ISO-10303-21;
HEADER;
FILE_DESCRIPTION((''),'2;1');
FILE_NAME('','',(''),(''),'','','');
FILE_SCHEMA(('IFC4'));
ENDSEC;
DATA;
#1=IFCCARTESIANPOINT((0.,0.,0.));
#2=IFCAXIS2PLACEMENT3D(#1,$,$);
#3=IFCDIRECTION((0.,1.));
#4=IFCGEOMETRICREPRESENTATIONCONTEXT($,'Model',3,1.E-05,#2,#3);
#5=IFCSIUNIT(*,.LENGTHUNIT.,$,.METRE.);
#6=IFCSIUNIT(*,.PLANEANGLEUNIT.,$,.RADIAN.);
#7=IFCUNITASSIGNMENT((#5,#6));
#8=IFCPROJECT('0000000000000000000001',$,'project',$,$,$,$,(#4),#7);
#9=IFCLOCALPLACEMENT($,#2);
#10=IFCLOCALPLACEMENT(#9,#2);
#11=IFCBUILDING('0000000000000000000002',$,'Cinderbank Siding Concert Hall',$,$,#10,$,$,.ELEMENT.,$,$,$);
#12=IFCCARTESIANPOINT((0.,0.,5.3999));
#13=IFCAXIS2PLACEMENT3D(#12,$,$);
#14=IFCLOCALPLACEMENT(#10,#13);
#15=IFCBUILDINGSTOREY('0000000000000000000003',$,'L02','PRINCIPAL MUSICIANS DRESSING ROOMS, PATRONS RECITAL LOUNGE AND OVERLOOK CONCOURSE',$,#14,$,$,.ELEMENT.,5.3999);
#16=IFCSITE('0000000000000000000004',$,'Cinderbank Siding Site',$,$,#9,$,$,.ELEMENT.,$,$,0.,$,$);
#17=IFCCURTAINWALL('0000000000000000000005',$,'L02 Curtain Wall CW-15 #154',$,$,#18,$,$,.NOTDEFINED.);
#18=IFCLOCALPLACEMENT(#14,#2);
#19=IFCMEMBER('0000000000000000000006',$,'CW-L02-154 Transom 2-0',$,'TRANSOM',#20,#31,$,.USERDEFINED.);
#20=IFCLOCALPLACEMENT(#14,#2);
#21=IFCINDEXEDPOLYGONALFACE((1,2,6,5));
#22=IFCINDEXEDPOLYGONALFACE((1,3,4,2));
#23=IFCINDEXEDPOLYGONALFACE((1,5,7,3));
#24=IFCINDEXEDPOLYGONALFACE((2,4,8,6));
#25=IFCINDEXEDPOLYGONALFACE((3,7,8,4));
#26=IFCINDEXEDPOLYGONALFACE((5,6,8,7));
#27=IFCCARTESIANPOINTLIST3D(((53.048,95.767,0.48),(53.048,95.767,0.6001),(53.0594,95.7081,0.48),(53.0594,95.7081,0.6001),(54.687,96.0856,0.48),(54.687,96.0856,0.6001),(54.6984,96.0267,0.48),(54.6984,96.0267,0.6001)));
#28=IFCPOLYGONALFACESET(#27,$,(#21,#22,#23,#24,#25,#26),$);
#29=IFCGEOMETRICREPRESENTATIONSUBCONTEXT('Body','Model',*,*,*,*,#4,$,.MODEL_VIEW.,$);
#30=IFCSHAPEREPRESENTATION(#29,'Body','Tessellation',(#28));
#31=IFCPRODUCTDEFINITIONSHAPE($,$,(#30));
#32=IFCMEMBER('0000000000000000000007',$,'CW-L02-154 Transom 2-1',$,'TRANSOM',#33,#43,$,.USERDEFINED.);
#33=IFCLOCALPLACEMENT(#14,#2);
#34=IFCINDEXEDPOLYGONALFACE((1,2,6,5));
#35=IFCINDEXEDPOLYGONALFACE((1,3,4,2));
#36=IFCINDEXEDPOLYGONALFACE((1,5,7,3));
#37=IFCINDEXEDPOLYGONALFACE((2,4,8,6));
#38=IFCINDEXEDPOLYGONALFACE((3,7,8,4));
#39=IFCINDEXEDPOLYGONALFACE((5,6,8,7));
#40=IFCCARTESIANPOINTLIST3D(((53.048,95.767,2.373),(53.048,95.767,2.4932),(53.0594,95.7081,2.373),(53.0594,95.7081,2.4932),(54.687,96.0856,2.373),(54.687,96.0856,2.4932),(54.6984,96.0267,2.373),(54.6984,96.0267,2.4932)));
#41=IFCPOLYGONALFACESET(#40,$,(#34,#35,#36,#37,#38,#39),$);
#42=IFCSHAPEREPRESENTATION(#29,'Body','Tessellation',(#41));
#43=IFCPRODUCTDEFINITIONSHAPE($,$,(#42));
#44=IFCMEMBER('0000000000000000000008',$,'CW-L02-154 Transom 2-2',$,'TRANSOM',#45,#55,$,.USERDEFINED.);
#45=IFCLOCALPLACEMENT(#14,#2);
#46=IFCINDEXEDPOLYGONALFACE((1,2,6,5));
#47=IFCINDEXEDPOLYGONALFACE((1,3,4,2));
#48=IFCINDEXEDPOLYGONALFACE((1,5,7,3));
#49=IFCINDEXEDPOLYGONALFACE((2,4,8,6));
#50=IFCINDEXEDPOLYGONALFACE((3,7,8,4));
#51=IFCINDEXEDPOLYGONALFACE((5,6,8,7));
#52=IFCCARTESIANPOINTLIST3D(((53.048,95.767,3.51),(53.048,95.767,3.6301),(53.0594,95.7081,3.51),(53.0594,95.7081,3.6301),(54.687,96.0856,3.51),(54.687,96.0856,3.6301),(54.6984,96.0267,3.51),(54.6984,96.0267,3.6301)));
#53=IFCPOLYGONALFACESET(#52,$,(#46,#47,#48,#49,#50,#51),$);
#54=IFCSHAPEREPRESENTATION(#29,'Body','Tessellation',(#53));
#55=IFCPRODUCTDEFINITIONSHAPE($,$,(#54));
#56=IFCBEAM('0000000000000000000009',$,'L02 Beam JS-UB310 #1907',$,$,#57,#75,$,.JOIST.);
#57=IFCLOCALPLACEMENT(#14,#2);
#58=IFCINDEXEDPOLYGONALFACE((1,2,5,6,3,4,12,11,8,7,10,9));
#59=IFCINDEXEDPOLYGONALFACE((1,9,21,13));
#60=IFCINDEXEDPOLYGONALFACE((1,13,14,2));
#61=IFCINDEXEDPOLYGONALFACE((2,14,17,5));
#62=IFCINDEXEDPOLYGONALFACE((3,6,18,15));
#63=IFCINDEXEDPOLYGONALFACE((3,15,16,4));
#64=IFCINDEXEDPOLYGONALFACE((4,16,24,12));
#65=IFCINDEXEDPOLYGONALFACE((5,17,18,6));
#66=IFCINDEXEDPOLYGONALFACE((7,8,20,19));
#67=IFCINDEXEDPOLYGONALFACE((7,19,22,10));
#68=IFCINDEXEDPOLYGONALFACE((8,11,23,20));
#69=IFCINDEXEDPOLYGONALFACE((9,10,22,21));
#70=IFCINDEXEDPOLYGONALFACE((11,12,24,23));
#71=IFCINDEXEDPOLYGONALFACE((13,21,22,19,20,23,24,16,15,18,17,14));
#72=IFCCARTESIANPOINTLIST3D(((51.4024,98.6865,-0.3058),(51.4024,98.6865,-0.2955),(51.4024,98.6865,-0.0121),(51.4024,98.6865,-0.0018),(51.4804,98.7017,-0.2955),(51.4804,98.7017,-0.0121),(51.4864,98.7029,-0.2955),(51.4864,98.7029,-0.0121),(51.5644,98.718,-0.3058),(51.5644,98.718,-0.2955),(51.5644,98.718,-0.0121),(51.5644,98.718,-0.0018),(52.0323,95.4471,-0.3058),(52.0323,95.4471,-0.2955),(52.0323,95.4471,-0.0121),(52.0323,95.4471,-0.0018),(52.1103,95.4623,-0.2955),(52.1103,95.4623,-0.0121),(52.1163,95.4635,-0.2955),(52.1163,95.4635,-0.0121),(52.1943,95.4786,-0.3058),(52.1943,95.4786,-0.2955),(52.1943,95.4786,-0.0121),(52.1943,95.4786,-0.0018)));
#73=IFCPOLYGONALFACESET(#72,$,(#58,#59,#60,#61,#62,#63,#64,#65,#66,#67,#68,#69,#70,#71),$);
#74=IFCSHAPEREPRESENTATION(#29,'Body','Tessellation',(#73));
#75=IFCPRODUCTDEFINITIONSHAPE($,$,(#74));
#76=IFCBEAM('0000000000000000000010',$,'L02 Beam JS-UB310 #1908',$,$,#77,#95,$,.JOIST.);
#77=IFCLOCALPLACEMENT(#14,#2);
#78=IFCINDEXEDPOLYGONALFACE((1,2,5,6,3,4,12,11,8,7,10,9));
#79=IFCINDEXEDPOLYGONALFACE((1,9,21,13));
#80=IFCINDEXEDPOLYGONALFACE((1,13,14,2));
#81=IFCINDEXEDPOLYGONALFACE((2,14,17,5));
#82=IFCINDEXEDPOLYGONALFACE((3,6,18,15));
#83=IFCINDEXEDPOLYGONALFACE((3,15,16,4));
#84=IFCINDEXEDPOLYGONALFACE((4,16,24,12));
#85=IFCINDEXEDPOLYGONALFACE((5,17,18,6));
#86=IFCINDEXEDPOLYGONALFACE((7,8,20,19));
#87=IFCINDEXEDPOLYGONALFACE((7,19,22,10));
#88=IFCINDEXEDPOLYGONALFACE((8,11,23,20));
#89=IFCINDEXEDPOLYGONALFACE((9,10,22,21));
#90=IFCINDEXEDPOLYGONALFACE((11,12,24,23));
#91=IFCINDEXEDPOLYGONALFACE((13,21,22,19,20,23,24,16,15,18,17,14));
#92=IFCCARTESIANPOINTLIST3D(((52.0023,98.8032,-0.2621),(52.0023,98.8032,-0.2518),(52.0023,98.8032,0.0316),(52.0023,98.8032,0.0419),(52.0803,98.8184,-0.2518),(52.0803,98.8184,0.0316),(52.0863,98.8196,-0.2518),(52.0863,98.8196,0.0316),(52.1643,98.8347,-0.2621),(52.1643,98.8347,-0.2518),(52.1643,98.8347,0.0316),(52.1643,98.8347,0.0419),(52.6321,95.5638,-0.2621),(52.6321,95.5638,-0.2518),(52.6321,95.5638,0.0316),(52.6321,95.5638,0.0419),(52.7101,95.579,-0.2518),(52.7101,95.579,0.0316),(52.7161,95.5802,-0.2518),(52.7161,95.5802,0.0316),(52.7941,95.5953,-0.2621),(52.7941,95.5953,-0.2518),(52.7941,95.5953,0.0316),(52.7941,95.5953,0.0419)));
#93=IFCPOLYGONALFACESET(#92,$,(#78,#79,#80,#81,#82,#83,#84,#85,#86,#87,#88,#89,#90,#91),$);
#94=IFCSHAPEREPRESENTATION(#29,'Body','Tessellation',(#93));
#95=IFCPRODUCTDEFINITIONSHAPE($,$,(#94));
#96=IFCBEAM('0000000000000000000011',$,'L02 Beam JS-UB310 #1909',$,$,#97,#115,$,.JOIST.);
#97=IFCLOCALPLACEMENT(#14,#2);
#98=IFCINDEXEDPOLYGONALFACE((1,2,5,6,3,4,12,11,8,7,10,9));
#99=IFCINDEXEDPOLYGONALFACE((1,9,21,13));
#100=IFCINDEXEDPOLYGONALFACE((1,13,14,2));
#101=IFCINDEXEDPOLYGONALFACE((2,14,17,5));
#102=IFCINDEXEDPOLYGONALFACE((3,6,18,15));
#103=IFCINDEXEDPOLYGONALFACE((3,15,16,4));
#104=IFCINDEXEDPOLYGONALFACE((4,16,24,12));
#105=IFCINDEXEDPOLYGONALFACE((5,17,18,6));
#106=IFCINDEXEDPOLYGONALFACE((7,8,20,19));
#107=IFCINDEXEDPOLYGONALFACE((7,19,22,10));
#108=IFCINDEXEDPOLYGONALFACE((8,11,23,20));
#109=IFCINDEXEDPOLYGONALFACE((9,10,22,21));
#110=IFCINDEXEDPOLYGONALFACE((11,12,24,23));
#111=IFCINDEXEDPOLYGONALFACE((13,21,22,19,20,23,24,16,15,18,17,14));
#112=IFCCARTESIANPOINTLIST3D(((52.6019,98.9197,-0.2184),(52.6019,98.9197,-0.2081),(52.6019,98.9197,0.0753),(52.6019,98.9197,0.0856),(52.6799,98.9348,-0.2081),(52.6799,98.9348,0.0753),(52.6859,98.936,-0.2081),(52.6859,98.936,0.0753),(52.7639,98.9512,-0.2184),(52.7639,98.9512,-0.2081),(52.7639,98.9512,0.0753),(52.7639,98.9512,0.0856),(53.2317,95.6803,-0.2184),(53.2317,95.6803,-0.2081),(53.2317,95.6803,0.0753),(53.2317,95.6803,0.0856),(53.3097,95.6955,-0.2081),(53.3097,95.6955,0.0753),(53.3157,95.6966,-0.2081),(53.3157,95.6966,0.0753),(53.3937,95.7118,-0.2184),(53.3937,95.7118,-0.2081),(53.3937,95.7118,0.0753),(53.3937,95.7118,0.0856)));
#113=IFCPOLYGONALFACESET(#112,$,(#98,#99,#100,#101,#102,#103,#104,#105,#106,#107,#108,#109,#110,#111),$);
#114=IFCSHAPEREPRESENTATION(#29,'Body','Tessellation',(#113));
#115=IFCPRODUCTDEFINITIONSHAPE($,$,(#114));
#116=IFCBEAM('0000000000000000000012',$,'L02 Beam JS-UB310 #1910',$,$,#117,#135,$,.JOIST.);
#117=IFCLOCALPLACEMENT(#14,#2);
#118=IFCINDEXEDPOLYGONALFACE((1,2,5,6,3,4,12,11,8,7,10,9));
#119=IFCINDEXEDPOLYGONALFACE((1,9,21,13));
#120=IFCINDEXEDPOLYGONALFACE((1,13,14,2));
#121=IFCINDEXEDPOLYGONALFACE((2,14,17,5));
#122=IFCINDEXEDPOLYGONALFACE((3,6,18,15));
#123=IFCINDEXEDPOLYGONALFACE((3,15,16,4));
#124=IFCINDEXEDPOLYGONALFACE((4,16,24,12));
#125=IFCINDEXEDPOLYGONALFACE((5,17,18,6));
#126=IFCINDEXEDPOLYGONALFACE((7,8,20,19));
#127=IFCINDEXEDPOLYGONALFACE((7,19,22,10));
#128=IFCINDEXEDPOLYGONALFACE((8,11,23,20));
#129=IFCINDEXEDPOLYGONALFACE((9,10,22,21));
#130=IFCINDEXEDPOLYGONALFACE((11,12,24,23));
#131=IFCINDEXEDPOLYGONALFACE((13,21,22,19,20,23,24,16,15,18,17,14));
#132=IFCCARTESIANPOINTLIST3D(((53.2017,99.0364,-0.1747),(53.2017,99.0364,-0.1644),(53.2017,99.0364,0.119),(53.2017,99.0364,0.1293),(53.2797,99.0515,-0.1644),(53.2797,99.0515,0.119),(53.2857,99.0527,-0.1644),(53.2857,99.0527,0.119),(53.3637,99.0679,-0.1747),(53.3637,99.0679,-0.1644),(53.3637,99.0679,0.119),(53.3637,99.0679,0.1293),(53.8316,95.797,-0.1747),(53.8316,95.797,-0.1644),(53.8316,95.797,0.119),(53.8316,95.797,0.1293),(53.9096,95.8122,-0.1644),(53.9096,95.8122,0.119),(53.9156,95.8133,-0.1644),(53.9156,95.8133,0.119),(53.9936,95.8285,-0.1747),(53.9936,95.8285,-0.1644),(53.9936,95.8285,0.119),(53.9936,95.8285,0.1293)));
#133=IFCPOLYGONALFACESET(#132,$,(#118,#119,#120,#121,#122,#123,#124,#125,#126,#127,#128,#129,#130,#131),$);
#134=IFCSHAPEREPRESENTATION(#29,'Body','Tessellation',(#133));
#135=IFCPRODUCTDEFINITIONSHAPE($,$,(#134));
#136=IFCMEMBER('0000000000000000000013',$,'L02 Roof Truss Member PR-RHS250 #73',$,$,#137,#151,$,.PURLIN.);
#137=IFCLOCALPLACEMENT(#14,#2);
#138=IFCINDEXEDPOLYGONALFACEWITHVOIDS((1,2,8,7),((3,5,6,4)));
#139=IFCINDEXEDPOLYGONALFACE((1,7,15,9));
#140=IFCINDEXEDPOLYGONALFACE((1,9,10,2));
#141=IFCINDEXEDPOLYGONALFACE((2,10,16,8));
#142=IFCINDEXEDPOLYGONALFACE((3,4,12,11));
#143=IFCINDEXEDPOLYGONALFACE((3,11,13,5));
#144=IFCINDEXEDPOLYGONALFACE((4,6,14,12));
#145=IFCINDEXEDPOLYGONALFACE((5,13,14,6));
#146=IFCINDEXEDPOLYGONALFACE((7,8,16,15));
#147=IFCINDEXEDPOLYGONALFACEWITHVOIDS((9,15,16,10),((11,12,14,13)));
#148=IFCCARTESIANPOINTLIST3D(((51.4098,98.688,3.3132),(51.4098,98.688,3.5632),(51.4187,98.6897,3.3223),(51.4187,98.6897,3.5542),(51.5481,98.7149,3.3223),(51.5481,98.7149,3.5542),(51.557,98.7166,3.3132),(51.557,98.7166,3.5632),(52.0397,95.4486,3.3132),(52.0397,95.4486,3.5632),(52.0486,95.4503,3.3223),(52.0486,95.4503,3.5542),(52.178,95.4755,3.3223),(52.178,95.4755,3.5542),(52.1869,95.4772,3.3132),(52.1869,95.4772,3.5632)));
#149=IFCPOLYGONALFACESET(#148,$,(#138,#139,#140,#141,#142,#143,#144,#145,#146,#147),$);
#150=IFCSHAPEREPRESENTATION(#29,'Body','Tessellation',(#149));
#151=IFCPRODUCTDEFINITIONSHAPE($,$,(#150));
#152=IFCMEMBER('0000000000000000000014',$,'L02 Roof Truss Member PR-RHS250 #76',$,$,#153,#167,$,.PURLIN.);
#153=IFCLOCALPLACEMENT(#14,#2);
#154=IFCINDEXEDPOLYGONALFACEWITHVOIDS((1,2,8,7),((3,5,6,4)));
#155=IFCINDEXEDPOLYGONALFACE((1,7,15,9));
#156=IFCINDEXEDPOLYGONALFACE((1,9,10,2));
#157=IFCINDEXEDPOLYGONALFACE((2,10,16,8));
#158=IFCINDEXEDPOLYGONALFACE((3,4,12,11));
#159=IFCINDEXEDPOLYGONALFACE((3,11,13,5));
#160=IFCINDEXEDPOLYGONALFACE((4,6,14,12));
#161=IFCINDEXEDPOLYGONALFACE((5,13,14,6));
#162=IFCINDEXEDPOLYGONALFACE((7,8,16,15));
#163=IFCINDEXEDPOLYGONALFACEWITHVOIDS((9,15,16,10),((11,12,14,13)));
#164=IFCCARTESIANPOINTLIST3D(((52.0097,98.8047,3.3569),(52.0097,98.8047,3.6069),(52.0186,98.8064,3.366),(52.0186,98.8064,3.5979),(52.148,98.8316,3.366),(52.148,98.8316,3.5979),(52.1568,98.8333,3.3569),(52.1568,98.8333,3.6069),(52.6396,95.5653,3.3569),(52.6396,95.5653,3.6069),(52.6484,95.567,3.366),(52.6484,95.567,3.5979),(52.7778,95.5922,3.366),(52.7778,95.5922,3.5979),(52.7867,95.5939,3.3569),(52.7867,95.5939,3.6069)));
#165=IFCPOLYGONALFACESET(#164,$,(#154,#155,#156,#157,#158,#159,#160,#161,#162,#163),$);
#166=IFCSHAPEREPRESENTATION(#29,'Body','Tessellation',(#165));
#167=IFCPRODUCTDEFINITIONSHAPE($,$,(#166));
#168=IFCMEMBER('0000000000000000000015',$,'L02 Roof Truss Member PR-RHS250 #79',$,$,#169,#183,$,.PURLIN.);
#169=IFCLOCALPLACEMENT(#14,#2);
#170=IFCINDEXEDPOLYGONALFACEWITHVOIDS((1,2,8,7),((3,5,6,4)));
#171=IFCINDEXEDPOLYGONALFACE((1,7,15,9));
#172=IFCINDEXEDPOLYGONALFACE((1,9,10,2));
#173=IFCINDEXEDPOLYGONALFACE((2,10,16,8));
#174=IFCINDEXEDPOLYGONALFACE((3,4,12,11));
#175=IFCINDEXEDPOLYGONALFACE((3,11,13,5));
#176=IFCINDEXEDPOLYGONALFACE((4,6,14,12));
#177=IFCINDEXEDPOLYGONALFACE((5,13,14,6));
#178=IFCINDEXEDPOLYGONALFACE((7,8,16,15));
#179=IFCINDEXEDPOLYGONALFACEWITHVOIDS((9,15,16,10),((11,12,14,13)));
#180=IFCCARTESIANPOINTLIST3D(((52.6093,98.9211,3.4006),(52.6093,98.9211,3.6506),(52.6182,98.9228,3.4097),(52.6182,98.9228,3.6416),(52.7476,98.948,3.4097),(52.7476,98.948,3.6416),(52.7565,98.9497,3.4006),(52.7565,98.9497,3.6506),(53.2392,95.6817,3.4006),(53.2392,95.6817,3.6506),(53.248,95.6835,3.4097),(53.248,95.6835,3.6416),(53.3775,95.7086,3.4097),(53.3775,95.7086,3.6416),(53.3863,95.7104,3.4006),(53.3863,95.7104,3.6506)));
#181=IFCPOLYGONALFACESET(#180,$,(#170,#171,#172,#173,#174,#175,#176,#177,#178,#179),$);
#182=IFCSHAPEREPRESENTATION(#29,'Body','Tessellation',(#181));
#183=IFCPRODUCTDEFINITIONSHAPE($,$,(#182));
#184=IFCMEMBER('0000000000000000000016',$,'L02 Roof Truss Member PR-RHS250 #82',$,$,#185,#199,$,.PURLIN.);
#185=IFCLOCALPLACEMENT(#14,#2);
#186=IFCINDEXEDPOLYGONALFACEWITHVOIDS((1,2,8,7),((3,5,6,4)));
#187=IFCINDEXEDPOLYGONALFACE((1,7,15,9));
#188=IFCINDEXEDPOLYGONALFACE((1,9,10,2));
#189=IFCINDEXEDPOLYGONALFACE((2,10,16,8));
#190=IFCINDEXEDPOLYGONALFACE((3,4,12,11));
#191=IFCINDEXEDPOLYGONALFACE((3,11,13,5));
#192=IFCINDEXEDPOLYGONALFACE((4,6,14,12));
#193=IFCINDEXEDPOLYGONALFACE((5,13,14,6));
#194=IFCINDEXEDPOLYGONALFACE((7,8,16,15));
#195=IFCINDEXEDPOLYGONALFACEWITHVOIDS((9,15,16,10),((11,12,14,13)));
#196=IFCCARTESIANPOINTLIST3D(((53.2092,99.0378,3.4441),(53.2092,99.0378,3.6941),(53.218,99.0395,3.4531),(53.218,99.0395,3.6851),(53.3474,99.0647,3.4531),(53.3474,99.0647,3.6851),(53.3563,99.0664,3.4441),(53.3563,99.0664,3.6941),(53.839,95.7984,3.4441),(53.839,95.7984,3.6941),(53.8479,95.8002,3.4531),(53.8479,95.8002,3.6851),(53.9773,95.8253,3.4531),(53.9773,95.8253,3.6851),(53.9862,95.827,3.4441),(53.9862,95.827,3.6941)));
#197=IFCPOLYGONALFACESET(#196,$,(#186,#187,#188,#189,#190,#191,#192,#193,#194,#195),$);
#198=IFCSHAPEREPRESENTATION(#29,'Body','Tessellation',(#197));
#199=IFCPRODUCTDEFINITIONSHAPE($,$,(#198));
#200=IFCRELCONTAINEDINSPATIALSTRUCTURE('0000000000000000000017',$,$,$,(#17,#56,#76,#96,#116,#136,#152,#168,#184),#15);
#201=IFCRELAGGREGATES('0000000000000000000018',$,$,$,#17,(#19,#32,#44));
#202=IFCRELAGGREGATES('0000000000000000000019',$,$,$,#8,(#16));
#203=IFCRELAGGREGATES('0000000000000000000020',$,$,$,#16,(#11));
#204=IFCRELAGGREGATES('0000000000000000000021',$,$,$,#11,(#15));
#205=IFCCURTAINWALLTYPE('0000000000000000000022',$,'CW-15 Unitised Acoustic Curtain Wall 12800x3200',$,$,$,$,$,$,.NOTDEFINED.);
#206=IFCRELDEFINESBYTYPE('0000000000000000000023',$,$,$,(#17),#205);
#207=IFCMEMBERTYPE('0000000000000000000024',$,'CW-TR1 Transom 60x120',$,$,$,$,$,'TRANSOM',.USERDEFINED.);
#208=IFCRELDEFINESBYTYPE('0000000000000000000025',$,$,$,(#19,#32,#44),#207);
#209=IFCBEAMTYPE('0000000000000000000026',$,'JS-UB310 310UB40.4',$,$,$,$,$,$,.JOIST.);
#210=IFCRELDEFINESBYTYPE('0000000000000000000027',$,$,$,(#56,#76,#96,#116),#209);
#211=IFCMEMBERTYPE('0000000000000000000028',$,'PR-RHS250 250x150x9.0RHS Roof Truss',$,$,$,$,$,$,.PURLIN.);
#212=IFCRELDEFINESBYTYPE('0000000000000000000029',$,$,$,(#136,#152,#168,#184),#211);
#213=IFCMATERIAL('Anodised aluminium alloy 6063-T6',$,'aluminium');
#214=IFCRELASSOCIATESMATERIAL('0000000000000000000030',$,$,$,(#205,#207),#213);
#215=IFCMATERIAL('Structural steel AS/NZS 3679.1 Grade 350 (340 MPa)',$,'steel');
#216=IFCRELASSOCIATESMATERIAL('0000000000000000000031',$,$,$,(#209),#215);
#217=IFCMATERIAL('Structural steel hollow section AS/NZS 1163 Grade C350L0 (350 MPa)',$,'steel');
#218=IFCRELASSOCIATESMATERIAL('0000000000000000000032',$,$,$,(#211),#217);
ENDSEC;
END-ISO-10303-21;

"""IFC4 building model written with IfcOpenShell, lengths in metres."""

from ifc_helpers import new_model, si_unit, direction, frame, origin, origin_2d, place, context, subcontext, project, spatial, rectangle, hollow_rectangle, i_section, extrude, material, material_profile, profile_set, type_object, element, aggregate, save


model = new_model("IFC4")

# Units and contexts
model_context = context("Model", 3, precision=1e-05, world=origin(), true_north=direction((0.0, 1.0)))
body_context = subcontext(model_context, "Body", "Model", "MODEL_VIEW")
ifc_project = project(units=[si_unit("LENGTHUNIT", "METRE"), si_unit("PLANEANGLEUNIT", "RADIAN")], contexts=[model_context])

# Site, building, storey
site_placement = place(None, origin())
site = spatial("IfcSite", under=ifc_project, at=site_placement, Name="Cinderbank Siding Site", CompositionType="ELEMENT", RefElevation=0.0)
building_placement = place(site_placement, origin())
building = spatial("IfcBuilding", under=site, at=building_placement, Name="Cinderbank Siding Concert Hall", CompositionType="ELEMENT")
storey_placement = place(building_placement, frame((0.0, 0.0, 5.3999)))
storey = spatial("IfcBuildingStorey", under=building, at=storey_placement, Name="L02", Description="PRINCIPAL MUSICIANS DRESSING ROOMS, PATRONS RECITAL LOUNGE AND OVERLOOK CONCOURSE", CompositionType="ELEMENT", Elevation=5.3999)

# Shared definitions
ifc_material_1 = material(Name="Structural steel hollow section AS/NZS 1163 Grade C350L0 (350 MPa)", Category="steel")

# Curtain wall, members
ifc_material_2 = material(Name="Anodised aluminium alloy 6063-T6", Category="aluminium")
curtain_wall_type = type_object("IfcCurtainWallType", Name="CW-15 Unitised Acoustic Curtain Wall 12800x3200", PredefinedType="NOTDEFINED", material=ifc_material_2)
curtain_wall_placement = place(storey_placement, origin())
curtain_wall = element("IfcCurtainWall", 1, at=curtain_wall_placement, inside=storey, type_object=curtain_wall_type, Name="L02 Curtain Wall CW-15 #154", PredefinedType="NOTDEFINED")
ifc_material_profile_1 = material_profile(ifc_material_2, rectangle(XDim=0.0601, YDim=0.1201, at=origin_2d()), Name="ALU-TRAN-60x120", Category="LoadBearing")
ifc_profile_set_1 = profile_set([ifc_material_profile_1], Name="Anodised aluminium alloy 6063-T6")
member_type_1 = type_object("IfcMemberType", Name="CW-TR1 Transom 60x120", ElementType="TRANSOM", PredefinedType="USERDEFINED", material=ifc_profile_set_1)
member_1_placement = place(storey_placement, frame((53.0537, 95.7375, 0.54), z_axis=(0.981624, 0.190827, 0.0), x_axis=(-0.190827, 0.981624, 0.0)))
member_1 = element("IfcMember", 2, at=member_1_placement, type_object=member_type_1, Name="CW-L02-154 Transom 2-0", ObjectType="TRANSOM", PredefinedType="USERDEFINED", context=body_context, shape_type="SweptSolid", body=[
    extrude(rectangle(XDim=0.0601, YDim=0.1201, at=origin_2d()), origin(), (0.0, 0.0, 1.0), 1.6697),
])
member_2_placement = place(storey_placement, frame((53.0537, 95.7375, 2.4331), z_axis=(0.981624, 0.190827, 0.0), x_axis=(-0.190827, 0.981624, 0.0)))
member_2 = element("IfcMember", 3, at=member_2_placement, type_object=member_type_1, Name="CW-L02-154 Transom 2-1", ObjectType="TRANSOM", PredefinedType="USERDEFINED", context=body_context, shape_type="SweptSolid", body=[
    extrude(rectangle(XDim=0.0601, YDim=0.1201, at=origin_2d()), origin(), (0.0, 0.0, 1.0), 1.6697),
])
member_3_placement = place(storey_placement, frame((53.0537, 95.7375, 3.5701), z_axis=(0.981624, 0.190827, 0.0), x_axis=(-0.190827, 0.981624, 0.0)))
member_3 = element("IfcMember", 4, at=member_3_placement, type_object=member_type_1, Name="CW-L02-154 Transom 2-2", ObjectType="TRANSOM", PredefinedType="USERDEFINED", context=body_context, shape_type="SweptSolid", body=[
    extrude(rectangle(XDim=0.0601, YDim=0.1201, at=origin_2d()), origin(), (0.0, 0.0, 1.0), 1.6697),
])

# Beams
ifc_material_3 = material(Name="Structural steel AS/NZS 3679.1 Grade 350 (340 MPa)", Category="steel")
ifc_material_profile_2 = material_profile(ifc_material_3, i_section(OverallWidth=0.165, OverallDepth=0.304, WebThickness=0.0061, FlangeThickness=0.0103, at=origin_2d()), Name="310UB40.4", Category="LoadBearing")
ifc_profile_set_2 = profile_set([ifc_material_profile_2], Name="Structural steel AS/NZS 3679.1 Grade 350 (340 MPa)")
beam_type = type_object("IfcBeamType", Name="JS-UB310 310UB40.4", PredefinedType="JOIST", material=ifc_profile_set_2)
for number, where, z_axis, x_axis, name in (
    (5, (52.1133, 95.4629, -0.1538), (-0.190864, 0.981617, 0.0), (-0.981617, -0.190864, 0.0), "L02 Beam JS-UB310 #1907"),
    (6, (52.7131, 95.5796, -0.1101), (-0.190864, 0.981617, 0.0), (-0.981617, -0.190864, 0.0), "L02 Beam JS-UB310 #1908"),
    (7, (53.3127, 95.696, -0.0664), (-0.190864, 0.981617, 0.0), (-0.981617, -0.190864, 0.0), "L02 Beam JS-UB310 #1909"),
    (8, (53.9126, 95.8127, -0.0227), (-0.190864, 0.981617, 0.0), (-0.981617, -0.190864, 0.0), "L02 Beam JS-UB310 #1910"),
):
    element("IfcBeam", number, at=place(storey_placement, frame(where, z_axis=z_axis, x_axis=x_axis)), inside=storey, type_object=beam_type, Name=name, PredefinedType="JOIST", context=body_context, shape_type="SweptSolid", body=[
        extrude(i_section(OverallWidth=0.165, OverallDepth=0.304, WebThickness=0.0061, FlangeThickness=0.0103, at=origin_2d()), origin(), (0.0, 0.0, 1.0), 3.3),
    ])

# Members
ifc_material_profile_3 = material_profile(ifc_material_1, hollow_rectangle(XDim=0.1499, YDim=0.25, WallThickness=0.009, at=origin_2d()), Name="250x150x9.0RHS", Category="LoadBearing")
ifc_profile_set_3 = profile_set([ifc_material_profile_3], Name="Structural steel hollow section AS/NZS 1163 Grade C350L0 (350 MPa)")
member_type_2 = type_object("IfcMemberType", Name="PR-RHS250 250x150x9.0RHS Roof Truss", PredefinedType="PURLIN", material=ifc_profile_set_3)
for number, where, z_axis, x_axis, name in (
    (9, (52.1133, 95.4629, 3.4382), (-0.190864, 0.981617, 0.0), (-0.981617, -0.190864, 0.0), "L02 Roof Truss Member PR-RHS250 #73"),
    (10, (52.7131, 95.5796, 3.4819), (-0.190864, 0.981617, 0.0), (-0.981617, -0.190864, 0.0), "L02 Roof Truss Member PR-RHS250 #76"),
    (11, (53.3127, 95.696, 3.5256), (-0.190864, 0.981617, 0.0), (-0.981617, -0.190864, 0.0), "L02 Roof Truss Member PR-RHS250 #79"),
    (12, (53.9126, 95.8127, 3.5691), (-0.190864, 0.981617, 0.0), (-0.981617, -0.190864, 0.0), "L02 Roof Truss Member PR-RHS250 #82"),
):
    element("IfcMember", number, at=place(storey_placement, frame(where, z_axis=z_axis, x_axis=x_axis)), inside=storey, type_object=member_type_2, Name=name, PredefinedType="PURLIN", context=body_context, shape_type="SweptSolid", body=[
        extrude(hollow_rectangle(XDim=0.1499, YDim=0.25, WallThickness=0.009, at=origin_2d()), origin(), (0.0, 0.0, 1.0), 3.3),
    ])

aggregate(curtain_wall, [member_1, member_2, member_3])

save(model, "model.ifc")
